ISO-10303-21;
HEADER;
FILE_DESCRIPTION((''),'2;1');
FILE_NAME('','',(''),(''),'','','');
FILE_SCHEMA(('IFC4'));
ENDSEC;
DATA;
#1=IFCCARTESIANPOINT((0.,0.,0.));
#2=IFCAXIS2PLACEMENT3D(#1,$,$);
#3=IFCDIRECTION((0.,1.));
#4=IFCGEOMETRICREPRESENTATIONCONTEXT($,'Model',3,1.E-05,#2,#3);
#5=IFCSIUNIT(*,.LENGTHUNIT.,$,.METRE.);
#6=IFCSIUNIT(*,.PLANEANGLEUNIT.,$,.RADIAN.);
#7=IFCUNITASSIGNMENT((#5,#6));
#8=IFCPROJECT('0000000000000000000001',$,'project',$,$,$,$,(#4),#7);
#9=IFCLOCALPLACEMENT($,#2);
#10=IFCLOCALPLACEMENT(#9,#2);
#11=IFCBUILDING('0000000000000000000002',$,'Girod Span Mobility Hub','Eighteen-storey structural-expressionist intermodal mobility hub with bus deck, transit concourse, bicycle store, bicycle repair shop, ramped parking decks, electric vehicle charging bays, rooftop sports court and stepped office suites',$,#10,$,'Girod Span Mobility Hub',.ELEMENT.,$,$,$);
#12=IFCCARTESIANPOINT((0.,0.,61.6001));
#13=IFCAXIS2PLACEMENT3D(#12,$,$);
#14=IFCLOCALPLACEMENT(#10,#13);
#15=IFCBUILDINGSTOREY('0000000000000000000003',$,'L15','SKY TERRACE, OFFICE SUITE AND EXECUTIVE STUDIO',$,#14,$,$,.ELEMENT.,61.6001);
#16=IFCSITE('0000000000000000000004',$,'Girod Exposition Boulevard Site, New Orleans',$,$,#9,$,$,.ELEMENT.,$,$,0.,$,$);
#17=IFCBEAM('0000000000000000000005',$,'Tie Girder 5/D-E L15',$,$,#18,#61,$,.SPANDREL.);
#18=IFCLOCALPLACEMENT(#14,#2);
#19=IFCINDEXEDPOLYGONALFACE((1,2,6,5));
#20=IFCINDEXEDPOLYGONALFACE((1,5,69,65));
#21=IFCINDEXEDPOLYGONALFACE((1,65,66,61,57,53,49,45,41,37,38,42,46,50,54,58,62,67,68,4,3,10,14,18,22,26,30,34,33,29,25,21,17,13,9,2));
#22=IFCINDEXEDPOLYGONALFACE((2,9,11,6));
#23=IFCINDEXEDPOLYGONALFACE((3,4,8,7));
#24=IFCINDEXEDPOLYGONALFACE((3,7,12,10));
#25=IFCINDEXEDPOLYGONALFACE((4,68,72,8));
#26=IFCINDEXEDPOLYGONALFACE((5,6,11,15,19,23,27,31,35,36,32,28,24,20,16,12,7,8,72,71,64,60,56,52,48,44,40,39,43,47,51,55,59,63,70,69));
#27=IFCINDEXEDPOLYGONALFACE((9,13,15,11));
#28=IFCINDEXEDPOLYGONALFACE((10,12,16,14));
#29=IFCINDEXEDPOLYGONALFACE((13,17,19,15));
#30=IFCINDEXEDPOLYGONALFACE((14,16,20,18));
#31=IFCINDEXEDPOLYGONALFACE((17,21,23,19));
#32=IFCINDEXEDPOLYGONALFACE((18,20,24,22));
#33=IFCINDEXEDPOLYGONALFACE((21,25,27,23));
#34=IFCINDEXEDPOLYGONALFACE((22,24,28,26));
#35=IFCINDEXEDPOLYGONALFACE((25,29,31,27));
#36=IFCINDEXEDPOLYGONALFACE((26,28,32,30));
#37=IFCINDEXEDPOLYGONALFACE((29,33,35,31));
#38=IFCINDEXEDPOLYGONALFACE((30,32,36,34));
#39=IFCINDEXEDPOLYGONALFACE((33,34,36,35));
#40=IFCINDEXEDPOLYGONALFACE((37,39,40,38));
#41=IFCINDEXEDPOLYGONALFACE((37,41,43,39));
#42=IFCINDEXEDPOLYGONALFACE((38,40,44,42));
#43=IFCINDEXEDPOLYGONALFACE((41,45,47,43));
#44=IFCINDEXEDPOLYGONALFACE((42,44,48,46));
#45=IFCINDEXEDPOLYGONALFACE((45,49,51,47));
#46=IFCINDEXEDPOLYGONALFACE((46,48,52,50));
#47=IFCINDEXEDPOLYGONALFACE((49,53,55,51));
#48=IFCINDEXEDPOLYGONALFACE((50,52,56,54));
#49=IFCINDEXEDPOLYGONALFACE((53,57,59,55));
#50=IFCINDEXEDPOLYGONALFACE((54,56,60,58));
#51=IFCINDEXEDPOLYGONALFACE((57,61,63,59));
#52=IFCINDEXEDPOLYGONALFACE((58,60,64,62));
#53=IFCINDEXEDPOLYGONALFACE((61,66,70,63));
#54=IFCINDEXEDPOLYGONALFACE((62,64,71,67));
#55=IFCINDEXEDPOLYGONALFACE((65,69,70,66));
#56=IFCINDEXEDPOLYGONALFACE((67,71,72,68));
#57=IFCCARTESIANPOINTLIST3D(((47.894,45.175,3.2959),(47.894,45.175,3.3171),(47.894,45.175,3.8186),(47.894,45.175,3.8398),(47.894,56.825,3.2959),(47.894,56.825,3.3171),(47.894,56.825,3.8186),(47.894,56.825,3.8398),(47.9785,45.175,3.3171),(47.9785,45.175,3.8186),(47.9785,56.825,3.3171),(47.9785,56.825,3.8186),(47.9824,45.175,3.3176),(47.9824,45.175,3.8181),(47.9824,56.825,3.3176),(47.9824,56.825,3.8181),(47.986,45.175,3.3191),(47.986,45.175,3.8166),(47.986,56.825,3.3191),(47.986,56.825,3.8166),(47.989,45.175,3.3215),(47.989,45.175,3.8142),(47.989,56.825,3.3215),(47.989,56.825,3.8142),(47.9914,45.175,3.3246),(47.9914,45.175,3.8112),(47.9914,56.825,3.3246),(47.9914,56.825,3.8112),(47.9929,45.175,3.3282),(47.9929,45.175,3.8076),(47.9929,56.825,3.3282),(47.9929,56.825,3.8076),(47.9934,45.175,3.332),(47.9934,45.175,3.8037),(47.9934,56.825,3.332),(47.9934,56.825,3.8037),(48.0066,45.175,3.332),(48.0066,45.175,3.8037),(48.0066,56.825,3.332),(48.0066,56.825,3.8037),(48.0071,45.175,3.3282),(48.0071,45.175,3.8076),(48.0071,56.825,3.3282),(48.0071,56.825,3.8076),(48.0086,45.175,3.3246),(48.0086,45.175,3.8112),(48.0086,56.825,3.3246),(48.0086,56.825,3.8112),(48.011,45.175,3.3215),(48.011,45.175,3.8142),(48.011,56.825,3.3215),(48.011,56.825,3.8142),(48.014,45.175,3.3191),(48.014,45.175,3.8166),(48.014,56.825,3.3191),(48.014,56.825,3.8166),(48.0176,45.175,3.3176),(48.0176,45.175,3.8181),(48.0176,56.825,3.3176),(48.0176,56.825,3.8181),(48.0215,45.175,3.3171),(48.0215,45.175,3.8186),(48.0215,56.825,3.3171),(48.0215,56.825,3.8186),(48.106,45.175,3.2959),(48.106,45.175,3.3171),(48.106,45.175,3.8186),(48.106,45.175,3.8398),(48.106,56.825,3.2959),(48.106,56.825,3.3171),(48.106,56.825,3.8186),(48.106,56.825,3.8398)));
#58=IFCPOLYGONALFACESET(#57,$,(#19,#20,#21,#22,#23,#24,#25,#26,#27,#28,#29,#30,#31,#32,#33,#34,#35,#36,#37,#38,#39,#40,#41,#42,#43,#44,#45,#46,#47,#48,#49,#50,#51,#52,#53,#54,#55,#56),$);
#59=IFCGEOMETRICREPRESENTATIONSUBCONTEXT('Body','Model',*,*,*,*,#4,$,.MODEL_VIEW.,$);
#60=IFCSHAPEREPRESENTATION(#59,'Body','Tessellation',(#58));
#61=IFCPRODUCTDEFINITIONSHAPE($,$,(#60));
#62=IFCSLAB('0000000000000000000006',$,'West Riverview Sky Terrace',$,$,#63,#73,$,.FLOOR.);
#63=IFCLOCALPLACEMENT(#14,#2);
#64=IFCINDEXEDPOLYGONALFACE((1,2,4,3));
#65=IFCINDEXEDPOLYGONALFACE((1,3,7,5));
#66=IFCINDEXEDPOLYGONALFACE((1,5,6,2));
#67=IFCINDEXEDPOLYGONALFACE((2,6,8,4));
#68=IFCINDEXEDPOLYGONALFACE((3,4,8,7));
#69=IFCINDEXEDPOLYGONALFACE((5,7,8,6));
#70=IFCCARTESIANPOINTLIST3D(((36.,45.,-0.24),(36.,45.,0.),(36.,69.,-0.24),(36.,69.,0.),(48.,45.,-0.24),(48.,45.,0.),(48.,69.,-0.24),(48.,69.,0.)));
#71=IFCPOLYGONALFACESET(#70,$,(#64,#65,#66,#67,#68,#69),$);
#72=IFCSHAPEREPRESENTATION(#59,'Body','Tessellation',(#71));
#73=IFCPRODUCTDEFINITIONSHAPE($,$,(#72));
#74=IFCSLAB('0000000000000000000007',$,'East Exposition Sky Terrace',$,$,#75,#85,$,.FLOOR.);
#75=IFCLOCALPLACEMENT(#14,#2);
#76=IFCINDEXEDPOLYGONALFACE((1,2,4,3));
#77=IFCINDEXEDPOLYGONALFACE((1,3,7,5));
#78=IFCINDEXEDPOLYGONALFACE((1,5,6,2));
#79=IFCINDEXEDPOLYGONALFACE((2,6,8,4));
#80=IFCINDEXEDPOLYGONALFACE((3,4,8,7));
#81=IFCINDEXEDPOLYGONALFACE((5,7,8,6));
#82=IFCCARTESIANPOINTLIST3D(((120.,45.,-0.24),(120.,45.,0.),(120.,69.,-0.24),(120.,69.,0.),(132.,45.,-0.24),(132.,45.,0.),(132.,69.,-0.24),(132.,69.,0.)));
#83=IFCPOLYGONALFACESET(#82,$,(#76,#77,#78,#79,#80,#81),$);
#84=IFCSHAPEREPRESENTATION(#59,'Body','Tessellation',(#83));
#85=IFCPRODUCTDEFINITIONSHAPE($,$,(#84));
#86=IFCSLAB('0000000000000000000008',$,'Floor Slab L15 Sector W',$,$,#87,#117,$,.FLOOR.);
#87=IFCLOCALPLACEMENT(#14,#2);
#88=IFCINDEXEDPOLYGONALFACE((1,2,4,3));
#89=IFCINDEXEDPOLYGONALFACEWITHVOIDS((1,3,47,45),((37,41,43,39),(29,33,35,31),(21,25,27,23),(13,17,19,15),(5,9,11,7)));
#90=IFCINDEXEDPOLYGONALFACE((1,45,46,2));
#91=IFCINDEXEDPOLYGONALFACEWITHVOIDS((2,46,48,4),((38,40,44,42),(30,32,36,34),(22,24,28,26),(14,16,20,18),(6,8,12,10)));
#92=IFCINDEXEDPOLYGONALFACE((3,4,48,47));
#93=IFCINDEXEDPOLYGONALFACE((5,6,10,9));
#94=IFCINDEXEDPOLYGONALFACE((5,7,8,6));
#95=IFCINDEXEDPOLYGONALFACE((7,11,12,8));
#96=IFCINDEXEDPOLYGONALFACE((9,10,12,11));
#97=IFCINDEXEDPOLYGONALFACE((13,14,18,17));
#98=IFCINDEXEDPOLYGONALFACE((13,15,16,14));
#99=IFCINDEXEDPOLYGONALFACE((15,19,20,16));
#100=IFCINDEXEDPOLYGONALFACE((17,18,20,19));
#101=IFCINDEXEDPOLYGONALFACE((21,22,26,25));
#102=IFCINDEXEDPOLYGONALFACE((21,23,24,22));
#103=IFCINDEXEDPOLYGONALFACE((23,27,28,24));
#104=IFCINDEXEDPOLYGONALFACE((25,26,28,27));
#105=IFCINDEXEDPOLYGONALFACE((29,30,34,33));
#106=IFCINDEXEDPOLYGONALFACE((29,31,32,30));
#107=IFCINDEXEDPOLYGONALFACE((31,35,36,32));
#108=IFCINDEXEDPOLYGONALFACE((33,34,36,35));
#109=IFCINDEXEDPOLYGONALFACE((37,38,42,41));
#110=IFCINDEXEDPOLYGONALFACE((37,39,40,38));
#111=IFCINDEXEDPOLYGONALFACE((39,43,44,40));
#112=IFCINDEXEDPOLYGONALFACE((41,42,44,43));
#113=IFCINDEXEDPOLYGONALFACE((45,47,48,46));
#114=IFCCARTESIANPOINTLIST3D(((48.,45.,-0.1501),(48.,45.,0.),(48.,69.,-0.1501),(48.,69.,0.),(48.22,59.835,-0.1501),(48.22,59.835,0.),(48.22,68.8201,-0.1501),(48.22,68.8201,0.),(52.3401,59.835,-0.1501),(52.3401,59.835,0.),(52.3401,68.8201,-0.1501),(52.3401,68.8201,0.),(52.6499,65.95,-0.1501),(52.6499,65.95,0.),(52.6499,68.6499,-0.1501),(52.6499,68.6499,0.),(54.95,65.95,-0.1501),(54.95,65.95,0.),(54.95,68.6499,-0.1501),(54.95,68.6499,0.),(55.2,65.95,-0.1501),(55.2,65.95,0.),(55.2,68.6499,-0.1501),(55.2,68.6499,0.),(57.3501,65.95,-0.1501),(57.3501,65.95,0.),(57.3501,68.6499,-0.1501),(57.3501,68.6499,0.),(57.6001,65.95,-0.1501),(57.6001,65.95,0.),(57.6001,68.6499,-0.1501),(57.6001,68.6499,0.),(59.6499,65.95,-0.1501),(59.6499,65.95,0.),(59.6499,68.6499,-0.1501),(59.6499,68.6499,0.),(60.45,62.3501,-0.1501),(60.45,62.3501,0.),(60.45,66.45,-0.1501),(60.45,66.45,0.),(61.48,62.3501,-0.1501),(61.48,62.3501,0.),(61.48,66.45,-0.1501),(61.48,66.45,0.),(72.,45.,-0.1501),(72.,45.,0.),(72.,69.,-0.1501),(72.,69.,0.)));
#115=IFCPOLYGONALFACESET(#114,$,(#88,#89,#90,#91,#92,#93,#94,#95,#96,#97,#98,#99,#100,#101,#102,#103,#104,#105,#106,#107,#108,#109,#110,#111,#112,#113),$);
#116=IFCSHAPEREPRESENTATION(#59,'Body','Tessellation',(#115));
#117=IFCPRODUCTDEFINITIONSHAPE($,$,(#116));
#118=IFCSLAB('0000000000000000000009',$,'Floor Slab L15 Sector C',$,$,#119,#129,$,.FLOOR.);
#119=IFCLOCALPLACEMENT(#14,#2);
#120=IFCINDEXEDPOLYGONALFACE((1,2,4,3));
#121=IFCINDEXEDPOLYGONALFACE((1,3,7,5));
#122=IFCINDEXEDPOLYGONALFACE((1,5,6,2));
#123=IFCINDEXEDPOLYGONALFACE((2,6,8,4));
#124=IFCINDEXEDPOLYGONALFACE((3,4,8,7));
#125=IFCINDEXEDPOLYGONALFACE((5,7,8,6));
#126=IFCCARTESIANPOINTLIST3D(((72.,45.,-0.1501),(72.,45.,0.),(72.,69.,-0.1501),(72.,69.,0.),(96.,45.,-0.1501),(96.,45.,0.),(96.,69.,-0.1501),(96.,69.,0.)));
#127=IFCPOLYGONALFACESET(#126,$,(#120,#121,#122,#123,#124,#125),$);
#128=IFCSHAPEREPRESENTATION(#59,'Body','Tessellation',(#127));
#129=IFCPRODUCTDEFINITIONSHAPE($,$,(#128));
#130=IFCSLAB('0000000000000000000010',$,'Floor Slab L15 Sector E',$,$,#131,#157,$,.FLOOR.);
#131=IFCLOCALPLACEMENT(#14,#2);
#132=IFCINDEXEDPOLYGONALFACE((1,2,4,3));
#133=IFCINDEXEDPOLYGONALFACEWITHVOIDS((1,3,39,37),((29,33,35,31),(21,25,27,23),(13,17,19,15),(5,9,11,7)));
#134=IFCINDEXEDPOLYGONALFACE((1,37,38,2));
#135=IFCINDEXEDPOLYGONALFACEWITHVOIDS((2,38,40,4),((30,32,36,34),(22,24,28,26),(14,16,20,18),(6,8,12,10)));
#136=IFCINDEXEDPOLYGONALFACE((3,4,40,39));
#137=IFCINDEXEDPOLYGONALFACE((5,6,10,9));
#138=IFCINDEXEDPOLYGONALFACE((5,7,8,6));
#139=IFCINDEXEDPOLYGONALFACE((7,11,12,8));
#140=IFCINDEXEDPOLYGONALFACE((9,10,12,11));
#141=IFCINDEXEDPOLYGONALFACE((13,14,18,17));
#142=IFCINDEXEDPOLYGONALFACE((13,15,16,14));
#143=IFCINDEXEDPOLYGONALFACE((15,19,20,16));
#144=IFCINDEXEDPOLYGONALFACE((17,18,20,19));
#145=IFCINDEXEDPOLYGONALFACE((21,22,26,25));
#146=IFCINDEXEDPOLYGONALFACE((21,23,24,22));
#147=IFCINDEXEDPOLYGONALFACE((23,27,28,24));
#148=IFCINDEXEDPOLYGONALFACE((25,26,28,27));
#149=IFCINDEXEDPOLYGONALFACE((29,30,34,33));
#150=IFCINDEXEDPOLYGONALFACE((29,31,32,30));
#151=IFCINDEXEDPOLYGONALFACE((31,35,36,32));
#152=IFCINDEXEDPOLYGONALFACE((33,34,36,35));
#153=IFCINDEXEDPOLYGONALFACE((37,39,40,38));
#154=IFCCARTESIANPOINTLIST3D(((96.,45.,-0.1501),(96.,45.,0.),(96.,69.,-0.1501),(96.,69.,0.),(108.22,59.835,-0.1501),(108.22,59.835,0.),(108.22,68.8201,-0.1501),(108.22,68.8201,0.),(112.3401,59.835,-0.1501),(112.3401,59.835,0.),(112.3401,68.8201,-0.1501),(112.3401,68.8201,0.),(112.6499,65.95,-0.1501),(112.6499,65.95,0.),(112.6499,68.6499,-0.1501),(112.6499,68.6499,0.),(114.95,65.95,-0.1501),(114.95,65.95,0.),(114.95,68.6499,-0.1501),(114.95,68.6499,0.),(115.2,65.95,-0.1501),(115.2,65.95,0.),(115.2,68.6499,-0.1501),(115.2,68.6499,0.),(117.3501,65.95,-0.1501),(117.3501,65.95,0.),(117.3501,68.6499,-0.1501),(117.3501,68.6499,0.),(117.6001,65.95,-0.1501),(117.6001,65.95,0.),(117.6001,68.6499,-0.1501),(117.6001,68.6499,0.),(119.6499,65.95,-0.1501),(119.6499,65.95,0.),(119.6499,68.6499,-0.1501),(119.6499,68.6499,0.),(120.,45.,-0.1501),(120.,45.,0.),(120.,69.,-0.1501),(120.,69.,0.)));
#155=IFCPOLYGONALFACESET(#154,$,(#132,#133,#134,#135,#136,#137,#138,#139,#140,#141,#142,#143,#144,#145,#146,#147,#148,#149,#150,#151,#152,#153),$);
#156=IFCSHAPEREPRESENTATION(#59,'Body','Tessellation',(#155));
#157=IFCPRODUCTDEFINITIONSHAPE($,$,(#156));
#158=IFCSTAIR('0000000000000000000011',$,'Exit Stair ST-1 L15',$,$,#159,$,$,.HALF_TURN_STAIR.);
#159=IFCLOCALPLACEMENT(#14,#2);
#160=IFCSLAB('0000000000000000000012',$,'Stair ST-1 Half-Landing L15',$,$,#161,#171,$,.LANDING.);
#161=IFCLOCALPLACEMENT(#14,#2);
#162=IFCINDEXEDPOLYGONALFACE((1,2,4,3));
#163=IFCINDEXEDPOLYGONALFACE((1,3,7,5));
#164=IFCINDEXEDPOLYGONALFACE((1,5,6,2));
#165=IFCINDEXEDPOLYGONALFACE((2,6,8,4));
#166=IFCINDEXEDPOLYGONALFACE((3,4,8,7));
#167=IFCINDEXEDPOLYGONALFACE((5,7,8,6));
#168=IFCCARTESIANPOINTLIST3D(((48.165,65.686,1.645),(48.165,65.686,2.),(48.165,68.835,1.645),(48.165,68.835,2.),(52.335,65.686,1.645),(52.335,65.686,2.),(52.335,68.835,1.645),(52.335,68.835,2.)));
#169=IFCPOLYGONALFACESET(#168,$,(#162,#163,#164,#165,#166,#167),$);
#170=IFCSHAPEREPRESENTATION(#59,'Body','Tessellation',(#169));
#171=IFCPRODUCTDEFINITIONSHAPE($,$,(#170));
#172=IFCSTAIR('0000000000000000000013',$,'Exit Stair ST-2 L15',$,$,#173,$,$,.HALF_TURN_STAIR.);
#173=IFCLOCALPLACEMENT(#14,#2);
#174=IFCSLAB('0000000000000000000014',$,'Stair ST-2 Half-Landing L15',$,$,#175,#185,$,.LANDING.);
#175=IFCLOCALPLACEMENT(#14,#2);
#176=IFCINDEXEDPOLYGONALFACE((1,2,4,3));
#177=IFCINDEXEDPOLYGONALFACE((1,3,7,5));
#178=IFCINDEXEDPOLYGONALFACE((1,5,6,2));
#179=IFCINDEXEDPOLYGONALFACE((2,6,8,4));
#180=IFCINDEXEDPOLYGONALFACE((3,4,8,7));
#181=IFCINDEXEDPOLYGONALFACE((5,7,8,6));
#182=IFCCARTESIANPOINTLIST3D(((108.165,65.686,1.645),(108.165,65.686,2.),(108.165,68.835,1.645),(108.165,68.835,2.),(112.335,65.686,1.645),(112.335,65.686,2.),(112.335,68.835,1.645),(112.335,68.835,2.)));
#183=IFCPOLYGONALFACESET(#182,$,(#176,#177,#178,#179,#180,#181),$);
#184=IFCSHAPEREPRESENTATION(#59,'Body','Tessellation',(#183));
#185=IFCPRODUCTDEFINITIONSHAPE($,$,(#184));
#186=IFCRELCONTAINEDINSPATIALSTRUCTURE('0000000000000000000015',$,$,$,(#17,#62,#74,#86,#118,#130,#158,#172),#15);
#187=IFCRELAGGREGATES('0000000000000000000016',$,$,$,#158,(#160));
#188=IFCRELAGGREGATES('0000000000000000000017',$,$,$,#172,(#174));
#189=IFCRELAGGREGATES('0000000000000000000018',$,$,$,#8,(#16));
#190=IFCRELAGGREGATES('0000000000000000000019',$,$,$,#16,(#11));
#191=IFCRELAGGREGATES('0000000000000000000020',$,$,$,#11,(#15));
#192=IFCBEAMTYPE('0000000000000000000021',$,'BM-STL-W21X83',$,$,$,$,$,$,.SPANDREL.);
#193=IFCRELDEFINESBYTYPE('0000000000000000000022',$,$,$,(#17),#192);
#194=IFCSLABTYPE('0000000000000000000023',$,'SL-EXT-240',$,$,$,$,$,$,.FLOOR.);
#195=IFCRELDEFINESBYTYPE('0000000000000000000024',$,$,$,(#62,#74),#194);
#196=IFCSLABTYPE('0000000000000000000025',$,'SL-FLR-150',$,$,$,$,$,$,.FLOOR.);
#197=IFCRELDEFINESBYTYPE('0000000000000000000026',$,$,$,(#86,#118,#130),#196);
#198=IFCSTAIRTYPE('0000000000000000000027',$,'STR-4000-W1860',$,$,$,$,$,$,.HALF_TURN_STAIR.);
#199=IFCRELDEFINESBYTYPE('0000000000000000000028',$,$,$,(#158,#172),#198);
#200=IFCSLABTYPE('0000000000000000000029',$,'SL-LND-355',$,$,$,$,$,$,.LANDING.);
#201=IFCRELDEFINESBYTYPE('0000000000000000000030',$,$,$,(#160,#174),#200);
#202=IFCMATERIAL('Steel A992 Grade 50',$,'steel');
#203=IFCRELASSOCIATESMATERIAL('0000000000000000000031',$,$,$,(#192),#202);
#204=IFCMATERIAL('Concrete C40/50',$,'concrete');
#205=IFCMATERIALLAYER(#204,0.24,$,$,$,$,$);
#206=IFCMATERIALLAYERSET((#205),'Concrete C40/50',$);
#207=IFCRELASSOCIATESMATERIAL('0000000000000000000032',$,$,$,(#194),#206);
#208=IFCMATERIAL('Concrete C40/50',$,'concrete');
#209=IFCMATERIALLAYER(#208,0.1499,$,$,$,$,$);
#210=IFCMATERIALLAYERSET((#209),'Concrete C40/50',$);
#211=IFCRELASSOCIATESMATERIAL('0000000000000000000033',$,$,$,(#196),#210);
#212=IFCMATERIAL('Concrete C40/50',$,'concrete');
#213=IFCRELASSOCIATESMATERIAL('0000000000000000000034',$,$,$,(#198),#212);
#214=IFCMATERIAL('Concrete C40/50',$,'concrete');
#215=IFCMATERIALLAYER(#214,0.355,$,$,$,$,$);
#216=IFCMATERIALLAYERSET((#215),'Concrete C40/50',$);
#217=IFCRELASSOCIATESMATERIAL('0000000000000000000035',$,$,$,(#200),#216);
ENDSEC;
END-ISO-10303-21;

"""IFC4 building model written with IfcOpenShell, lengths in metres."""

from ifc_helpers import new_model, si_unit, direction, frame, origin, origin_2d, place, context, subcontext, project, spatial, polyline, i_section, outline, extrude, material, layer, layer_set, material_profile, profile_set, type_object, element, aggregate, save


model = new_model("IFC4")

# Units and contexts
model_context = context("Model", 3, precision=1e-05, world=origin(), true_north=direction((0.0, 1.0)))
body_context = subcontext(model_context, "Body", "Model", "MODEL_VIEW")
ifc_project = project(units=[si_unit("LENGTHUNIT", "METRE"), si_unit("PLANEANGLEUNIT", "RADIAN")], contexts=[model_context])

# Site, building, storey
site_placement = place(None, origin())
site = spatial("IfcSite", under=ifc_project, at=site_placement, Name="Girod Exposition Boulevard Site, New Orleans", CompositionType="ELEMENT", RefElevation=0.0)
building_placement = place(site_placement, origin())
building = spatial("IfcBuilding", under=site, at=building_placement, Name="Girod Span Mobility Hub", Description="Eighteen-storey structural-expressionist intermodal mobility hub with bus deck, transit concourse, bicycle store, bicycle repair shop, ramped parking decks, electric vehicle charging bays, rooftop sports court and stepped office suites", LongName="Girod Span Mobility Hub", CompositionType="ELEMENT")
storey_placement = place(building_placement, frame((0.0, 0.0, 61.6001)))
storey = spatial("IfcBuildingStorey", under=building, at=storey_placement, Name="L15", Description="SKY TERRACE, OFFICE SUITE AND EXECUTIVE STUDIO", CompositionType="ELEMENT", Elevation=61.6001)

# Beam
ifc_material_1 = material(Name="Steel A992 Grade 50", Category="steel")
ifc_material_profile_1 = material_profile(ifc_material_1, i_section(OverallWidth=0.2119, OverallDepth=0.5439, WebThickness=0.0132, FlangeThickness=0.0212, FilletRadius=0.0149, at=origin_2d()), Name="W21X83")
ifc_profile_set_1 = profile_set([ifc_material_profile_1], Name="Steel A992 Grade 50")
beam_type_1 = type_object("IfcBeamType", Name="BM-STL-W21X83", PredefinedType="SPANDREL", material=ifc_profile_set_1)
beam_1_placement = place(storey_placement, frame((48.0, 45.175, 3.5679), z_axis=(0.0, 1.0, 0.0), x_axis=(-1.0, 0.0, 0.0)))
element("IfcBeam", 1, at=beam_1_placement, inside=storey, type_object=beam_type_1, Name="Tie Girder 5/D-E L15", PredefinedType="SPANDREL", context=body_context, shape_type="SweptSolid", body=[
    extrude(i_section(OverallWidth=0.2119, OverallDepth=0.5439, WebThickness=0.0132, FlangeThickness=0.0212, FilletRadius=0.0149, at=origin_2d()), origin(), (0.0, 0.0, 1.0), 11.6499),
])

# Slabs
ifc_material_2 = material(Name="Concrete C40/50", Category="concrete")
ifc_layer_1 = layer(ifc_material_2, 0.24)
ifc_layer_set_1 = layer_set([ifc_layer_1], Name="Concrete C40/50")
slab_type_1 = type_object("IfcSlabType", Name="SL-EXT-240", PredefinedType="FLOOR", material=ifc_layer_set_1)
slab_1_placement = place(storey_placement, frame((0.0, 0.0, -0.24)))
element("IfcSlab", 2, at=slab_1_placement, inside=storey, type_object=slab_type_1, Name="West Riverview Sky Terrace", PredefinedType="FLOOR", context=body_context, shape_type="SweptSolid", body=[
    extrude(outline(polyline([(48.0, 45.0), (48.0, 69.0), (36.0, 69.0), (36.0, 45.0), (48.0, 45.0)])), origin(), (0.0, 0.0, 1.0), 0.24),
])
slab_2_placement = place(storey_placement, frame((0.0, 0.0, -0.24)))
element("IfcSlab", 3, at=slab_2_placement, inside=storey, type_object=slab_type_1, Name="East Exposition Sky Terrace", PredefinedType="FLOOR", context=body_context, shape_type="SweptSolid", body=[
    extrude(outline(polyline([(132.0, 45.0), (132.0, 69.0), (120.0, 69.0), (120.0, 45.0), (132.0, 45.0)])), origin(), (0.0, 0.0, 1.0), 0.24),
])
ifc_material_3 = material(Name="Concrete C40/50", Category="concrete")
ifc_layer_2 = layer(ifc_material_3, 0.1499)
ifc_layer_set_2 = layer_set([ifc_layer_2], Name="Concrete C40/50")
slab_type_2 = type_object("IfcSlabType", Name="SL-FLR-150", PredefinedType="FLOOR", material=ifc_layer_set_2)
slab_3_placement = place(storey_placement, frame((0.0, 0.0, -0.1501)))
element("IfcSlab", 4, at=slab_3_placement, inside=storey, type_object=slab_type_2, Name="Floor Slab L15 Sector W", PredefinedType="FLOOR", context=body_context, shape_type="SweptSolid", body=[
    extrude(outline(polyline([(48.0, 69.0), (72.0, 69.0), (72.0, 45.0), (48.0, 45.0), (48.0, 69.0)]), holes=[polyline([(48.22, 59.835), (52.3401, 59.835), (52.3401, 68.8201), (48.22, 68.8201), (48.22, 59.835)]), polyline([(60.45, 62.3501), (61.48, 62.3501), (61.48, 66.45), (60.45, 66.45), (60.45, 62.3501)]), polyline([(52.6499, 65.95), (54.95, 65.95), (54.95, 68.6499), (52.6499, 68.6499), (52.6499, 65.95)]), polyline([(55.2, 65.95), (57.3501, 65.95), (57.3501, 68.6499), (55.2, 68.6499), (55.2, 65.95)]), polyline([(57.6001, 65.95), (59.6499, 65.95), (59.6499, 68.6499), (57.6001, 68.6499), (57.6001, 65.95)])]), origin(), (0.0, 0.0, 1.0), 0.1501),
])
slab_4_placement = place(storey_placement, frame((0.0, 0.0, -0.1501)))
element("IfcSlab", 5, at=slab_4_placement, inside=storey, type_object=slab_type_2, Name="Floor Slab L15 Sector C", PredefinedType="FLOOR", context=body_context, shape_type="SweptSolid", body=[
    extrude(outline(polyline([(96.0, 69.0), (96.0, 45.0), (72.0, 45.0), (72.0, 69.0), (96.0, 69.0)])), origin(), (0.0, 0.0, 1.0), 0.1501),
])
slab_5_placement = place(storey_placement, frame((0.0, 0.0, -0.1501)))
element("IfcSlab", 6, at=slab_5_placement, inside=storey, type_object=slab_type_2, Name="Floor Slab L15 Sector E", PredefinedType="FLOOR", context=body_context, shape_type="SweptSolid", body=[
    extrude(outline(polyline([(120.0, 69.0), (120.0, 45.0), (96.0, 45.0), (96.0, 69.0), (120.0, 69.0)]), holes=[polyline([(108.22, 59.835), (112.3401, 59.835), (112.3401, 68.8201), (108.22, 68.8201), (108.22, 59.835)]), polyline([(112.6499, 65.95), (114.95, 65.95), (114.95, 68.6499), (112.6499, 68.6499), (112.6499, 65.95)]), polyline([(115.2, 68.6499), (115.2, 65.95), (117.3501, 65.95), (117.3501, 68.6499), (115.2, 68.6499)]), polyline([(117.6001, 68.6499), (117.6001, 65.95), (119.6499, 65.95), (119.6499, 68.6499), (117.6001, 68.6499)])]), origin(), (0.0, 0.0, 1.0), 0.1501),
])

# Stairs, slabs
ifc_material_4 = material(Name="Concrete C40/50", Category="concrete")
stair_type = type_object("IfcStairType", Name="STR-4000-W1860", PredefinedType="HALF_TURN_STAIR", material=ifc_material_4)
stair_1_placement = place(storey_placement, origin())
stair_1 = element("IfcStair", 7, at=stair_1_placement, inside=storey, type_object=stair_type, Name="Exit Stair ST-1 L15", PredefinedType="HALF_TURN_STAIR")
ifc_material_5 = material(Name="Concrete C40/50", Category="concrete")
ifc_layer_3 = layer(ifc_material_5, 0.355)
ifc_layer_set_3 = layer_set([ifc_layer_3], Name="Concrete C40/50")
slab_type_3 = type_object("IfcSlabType", Name="SL-LND-355", PredefinedType="LANDING", material=ifc_layer_set_3)
slab_6_placement = place(storey_placement, frame((0.0, 0.0, 1.645)))
slab_6 = element("IfcSlab", 8, at=slab_6_placement, type_object=slab_type_3, Name="Stair ST-1 Half-Landing L15", PredefinedType="LANDING", context=body_context, shape_type="SweptSolid", body=[
    extrude(outline(polyline([(52.335, 65.686), (52.335, 68.835), (48.165, 68.835), (48.165, 65.686), (52.335, 65.686)])), origin(), (0.0, 0.0, 1.0), 0.355),
])
aggregate(stair_1, [slab_6])
stair_2_placement = place(storey_placement, origin())
stair_2 = element("IfcStair", 9, at=stair_2_placement, inside=storey, type_object=stair_type, Name="Exit Stair ST-2 L15", PredefinedType="HALF_TURN_STAIR")
slab_7_placement = place(storey_placement, frame((0.0, 0.0, 1.645)))
slab_7 = element("IfcSlab", 10, at=slab_7_placement, type_object=slab_type_3, Name="Stair ST-2 Half-Landing L15", PredefinedType="LANDING", context=body_context, shape_type="SweptSolid", body=[
    extrude(outline(polyline([(112.335, 65.686), (112.335, 68.835), (108.165, 68.835), (108.165, 65.686), (112.335, 65.686)])), origin(), (0.0, 0.0, 1.0), 0.355),
])
aggregate(stair_2, [slab_7])

save(model, "model.ifc")
